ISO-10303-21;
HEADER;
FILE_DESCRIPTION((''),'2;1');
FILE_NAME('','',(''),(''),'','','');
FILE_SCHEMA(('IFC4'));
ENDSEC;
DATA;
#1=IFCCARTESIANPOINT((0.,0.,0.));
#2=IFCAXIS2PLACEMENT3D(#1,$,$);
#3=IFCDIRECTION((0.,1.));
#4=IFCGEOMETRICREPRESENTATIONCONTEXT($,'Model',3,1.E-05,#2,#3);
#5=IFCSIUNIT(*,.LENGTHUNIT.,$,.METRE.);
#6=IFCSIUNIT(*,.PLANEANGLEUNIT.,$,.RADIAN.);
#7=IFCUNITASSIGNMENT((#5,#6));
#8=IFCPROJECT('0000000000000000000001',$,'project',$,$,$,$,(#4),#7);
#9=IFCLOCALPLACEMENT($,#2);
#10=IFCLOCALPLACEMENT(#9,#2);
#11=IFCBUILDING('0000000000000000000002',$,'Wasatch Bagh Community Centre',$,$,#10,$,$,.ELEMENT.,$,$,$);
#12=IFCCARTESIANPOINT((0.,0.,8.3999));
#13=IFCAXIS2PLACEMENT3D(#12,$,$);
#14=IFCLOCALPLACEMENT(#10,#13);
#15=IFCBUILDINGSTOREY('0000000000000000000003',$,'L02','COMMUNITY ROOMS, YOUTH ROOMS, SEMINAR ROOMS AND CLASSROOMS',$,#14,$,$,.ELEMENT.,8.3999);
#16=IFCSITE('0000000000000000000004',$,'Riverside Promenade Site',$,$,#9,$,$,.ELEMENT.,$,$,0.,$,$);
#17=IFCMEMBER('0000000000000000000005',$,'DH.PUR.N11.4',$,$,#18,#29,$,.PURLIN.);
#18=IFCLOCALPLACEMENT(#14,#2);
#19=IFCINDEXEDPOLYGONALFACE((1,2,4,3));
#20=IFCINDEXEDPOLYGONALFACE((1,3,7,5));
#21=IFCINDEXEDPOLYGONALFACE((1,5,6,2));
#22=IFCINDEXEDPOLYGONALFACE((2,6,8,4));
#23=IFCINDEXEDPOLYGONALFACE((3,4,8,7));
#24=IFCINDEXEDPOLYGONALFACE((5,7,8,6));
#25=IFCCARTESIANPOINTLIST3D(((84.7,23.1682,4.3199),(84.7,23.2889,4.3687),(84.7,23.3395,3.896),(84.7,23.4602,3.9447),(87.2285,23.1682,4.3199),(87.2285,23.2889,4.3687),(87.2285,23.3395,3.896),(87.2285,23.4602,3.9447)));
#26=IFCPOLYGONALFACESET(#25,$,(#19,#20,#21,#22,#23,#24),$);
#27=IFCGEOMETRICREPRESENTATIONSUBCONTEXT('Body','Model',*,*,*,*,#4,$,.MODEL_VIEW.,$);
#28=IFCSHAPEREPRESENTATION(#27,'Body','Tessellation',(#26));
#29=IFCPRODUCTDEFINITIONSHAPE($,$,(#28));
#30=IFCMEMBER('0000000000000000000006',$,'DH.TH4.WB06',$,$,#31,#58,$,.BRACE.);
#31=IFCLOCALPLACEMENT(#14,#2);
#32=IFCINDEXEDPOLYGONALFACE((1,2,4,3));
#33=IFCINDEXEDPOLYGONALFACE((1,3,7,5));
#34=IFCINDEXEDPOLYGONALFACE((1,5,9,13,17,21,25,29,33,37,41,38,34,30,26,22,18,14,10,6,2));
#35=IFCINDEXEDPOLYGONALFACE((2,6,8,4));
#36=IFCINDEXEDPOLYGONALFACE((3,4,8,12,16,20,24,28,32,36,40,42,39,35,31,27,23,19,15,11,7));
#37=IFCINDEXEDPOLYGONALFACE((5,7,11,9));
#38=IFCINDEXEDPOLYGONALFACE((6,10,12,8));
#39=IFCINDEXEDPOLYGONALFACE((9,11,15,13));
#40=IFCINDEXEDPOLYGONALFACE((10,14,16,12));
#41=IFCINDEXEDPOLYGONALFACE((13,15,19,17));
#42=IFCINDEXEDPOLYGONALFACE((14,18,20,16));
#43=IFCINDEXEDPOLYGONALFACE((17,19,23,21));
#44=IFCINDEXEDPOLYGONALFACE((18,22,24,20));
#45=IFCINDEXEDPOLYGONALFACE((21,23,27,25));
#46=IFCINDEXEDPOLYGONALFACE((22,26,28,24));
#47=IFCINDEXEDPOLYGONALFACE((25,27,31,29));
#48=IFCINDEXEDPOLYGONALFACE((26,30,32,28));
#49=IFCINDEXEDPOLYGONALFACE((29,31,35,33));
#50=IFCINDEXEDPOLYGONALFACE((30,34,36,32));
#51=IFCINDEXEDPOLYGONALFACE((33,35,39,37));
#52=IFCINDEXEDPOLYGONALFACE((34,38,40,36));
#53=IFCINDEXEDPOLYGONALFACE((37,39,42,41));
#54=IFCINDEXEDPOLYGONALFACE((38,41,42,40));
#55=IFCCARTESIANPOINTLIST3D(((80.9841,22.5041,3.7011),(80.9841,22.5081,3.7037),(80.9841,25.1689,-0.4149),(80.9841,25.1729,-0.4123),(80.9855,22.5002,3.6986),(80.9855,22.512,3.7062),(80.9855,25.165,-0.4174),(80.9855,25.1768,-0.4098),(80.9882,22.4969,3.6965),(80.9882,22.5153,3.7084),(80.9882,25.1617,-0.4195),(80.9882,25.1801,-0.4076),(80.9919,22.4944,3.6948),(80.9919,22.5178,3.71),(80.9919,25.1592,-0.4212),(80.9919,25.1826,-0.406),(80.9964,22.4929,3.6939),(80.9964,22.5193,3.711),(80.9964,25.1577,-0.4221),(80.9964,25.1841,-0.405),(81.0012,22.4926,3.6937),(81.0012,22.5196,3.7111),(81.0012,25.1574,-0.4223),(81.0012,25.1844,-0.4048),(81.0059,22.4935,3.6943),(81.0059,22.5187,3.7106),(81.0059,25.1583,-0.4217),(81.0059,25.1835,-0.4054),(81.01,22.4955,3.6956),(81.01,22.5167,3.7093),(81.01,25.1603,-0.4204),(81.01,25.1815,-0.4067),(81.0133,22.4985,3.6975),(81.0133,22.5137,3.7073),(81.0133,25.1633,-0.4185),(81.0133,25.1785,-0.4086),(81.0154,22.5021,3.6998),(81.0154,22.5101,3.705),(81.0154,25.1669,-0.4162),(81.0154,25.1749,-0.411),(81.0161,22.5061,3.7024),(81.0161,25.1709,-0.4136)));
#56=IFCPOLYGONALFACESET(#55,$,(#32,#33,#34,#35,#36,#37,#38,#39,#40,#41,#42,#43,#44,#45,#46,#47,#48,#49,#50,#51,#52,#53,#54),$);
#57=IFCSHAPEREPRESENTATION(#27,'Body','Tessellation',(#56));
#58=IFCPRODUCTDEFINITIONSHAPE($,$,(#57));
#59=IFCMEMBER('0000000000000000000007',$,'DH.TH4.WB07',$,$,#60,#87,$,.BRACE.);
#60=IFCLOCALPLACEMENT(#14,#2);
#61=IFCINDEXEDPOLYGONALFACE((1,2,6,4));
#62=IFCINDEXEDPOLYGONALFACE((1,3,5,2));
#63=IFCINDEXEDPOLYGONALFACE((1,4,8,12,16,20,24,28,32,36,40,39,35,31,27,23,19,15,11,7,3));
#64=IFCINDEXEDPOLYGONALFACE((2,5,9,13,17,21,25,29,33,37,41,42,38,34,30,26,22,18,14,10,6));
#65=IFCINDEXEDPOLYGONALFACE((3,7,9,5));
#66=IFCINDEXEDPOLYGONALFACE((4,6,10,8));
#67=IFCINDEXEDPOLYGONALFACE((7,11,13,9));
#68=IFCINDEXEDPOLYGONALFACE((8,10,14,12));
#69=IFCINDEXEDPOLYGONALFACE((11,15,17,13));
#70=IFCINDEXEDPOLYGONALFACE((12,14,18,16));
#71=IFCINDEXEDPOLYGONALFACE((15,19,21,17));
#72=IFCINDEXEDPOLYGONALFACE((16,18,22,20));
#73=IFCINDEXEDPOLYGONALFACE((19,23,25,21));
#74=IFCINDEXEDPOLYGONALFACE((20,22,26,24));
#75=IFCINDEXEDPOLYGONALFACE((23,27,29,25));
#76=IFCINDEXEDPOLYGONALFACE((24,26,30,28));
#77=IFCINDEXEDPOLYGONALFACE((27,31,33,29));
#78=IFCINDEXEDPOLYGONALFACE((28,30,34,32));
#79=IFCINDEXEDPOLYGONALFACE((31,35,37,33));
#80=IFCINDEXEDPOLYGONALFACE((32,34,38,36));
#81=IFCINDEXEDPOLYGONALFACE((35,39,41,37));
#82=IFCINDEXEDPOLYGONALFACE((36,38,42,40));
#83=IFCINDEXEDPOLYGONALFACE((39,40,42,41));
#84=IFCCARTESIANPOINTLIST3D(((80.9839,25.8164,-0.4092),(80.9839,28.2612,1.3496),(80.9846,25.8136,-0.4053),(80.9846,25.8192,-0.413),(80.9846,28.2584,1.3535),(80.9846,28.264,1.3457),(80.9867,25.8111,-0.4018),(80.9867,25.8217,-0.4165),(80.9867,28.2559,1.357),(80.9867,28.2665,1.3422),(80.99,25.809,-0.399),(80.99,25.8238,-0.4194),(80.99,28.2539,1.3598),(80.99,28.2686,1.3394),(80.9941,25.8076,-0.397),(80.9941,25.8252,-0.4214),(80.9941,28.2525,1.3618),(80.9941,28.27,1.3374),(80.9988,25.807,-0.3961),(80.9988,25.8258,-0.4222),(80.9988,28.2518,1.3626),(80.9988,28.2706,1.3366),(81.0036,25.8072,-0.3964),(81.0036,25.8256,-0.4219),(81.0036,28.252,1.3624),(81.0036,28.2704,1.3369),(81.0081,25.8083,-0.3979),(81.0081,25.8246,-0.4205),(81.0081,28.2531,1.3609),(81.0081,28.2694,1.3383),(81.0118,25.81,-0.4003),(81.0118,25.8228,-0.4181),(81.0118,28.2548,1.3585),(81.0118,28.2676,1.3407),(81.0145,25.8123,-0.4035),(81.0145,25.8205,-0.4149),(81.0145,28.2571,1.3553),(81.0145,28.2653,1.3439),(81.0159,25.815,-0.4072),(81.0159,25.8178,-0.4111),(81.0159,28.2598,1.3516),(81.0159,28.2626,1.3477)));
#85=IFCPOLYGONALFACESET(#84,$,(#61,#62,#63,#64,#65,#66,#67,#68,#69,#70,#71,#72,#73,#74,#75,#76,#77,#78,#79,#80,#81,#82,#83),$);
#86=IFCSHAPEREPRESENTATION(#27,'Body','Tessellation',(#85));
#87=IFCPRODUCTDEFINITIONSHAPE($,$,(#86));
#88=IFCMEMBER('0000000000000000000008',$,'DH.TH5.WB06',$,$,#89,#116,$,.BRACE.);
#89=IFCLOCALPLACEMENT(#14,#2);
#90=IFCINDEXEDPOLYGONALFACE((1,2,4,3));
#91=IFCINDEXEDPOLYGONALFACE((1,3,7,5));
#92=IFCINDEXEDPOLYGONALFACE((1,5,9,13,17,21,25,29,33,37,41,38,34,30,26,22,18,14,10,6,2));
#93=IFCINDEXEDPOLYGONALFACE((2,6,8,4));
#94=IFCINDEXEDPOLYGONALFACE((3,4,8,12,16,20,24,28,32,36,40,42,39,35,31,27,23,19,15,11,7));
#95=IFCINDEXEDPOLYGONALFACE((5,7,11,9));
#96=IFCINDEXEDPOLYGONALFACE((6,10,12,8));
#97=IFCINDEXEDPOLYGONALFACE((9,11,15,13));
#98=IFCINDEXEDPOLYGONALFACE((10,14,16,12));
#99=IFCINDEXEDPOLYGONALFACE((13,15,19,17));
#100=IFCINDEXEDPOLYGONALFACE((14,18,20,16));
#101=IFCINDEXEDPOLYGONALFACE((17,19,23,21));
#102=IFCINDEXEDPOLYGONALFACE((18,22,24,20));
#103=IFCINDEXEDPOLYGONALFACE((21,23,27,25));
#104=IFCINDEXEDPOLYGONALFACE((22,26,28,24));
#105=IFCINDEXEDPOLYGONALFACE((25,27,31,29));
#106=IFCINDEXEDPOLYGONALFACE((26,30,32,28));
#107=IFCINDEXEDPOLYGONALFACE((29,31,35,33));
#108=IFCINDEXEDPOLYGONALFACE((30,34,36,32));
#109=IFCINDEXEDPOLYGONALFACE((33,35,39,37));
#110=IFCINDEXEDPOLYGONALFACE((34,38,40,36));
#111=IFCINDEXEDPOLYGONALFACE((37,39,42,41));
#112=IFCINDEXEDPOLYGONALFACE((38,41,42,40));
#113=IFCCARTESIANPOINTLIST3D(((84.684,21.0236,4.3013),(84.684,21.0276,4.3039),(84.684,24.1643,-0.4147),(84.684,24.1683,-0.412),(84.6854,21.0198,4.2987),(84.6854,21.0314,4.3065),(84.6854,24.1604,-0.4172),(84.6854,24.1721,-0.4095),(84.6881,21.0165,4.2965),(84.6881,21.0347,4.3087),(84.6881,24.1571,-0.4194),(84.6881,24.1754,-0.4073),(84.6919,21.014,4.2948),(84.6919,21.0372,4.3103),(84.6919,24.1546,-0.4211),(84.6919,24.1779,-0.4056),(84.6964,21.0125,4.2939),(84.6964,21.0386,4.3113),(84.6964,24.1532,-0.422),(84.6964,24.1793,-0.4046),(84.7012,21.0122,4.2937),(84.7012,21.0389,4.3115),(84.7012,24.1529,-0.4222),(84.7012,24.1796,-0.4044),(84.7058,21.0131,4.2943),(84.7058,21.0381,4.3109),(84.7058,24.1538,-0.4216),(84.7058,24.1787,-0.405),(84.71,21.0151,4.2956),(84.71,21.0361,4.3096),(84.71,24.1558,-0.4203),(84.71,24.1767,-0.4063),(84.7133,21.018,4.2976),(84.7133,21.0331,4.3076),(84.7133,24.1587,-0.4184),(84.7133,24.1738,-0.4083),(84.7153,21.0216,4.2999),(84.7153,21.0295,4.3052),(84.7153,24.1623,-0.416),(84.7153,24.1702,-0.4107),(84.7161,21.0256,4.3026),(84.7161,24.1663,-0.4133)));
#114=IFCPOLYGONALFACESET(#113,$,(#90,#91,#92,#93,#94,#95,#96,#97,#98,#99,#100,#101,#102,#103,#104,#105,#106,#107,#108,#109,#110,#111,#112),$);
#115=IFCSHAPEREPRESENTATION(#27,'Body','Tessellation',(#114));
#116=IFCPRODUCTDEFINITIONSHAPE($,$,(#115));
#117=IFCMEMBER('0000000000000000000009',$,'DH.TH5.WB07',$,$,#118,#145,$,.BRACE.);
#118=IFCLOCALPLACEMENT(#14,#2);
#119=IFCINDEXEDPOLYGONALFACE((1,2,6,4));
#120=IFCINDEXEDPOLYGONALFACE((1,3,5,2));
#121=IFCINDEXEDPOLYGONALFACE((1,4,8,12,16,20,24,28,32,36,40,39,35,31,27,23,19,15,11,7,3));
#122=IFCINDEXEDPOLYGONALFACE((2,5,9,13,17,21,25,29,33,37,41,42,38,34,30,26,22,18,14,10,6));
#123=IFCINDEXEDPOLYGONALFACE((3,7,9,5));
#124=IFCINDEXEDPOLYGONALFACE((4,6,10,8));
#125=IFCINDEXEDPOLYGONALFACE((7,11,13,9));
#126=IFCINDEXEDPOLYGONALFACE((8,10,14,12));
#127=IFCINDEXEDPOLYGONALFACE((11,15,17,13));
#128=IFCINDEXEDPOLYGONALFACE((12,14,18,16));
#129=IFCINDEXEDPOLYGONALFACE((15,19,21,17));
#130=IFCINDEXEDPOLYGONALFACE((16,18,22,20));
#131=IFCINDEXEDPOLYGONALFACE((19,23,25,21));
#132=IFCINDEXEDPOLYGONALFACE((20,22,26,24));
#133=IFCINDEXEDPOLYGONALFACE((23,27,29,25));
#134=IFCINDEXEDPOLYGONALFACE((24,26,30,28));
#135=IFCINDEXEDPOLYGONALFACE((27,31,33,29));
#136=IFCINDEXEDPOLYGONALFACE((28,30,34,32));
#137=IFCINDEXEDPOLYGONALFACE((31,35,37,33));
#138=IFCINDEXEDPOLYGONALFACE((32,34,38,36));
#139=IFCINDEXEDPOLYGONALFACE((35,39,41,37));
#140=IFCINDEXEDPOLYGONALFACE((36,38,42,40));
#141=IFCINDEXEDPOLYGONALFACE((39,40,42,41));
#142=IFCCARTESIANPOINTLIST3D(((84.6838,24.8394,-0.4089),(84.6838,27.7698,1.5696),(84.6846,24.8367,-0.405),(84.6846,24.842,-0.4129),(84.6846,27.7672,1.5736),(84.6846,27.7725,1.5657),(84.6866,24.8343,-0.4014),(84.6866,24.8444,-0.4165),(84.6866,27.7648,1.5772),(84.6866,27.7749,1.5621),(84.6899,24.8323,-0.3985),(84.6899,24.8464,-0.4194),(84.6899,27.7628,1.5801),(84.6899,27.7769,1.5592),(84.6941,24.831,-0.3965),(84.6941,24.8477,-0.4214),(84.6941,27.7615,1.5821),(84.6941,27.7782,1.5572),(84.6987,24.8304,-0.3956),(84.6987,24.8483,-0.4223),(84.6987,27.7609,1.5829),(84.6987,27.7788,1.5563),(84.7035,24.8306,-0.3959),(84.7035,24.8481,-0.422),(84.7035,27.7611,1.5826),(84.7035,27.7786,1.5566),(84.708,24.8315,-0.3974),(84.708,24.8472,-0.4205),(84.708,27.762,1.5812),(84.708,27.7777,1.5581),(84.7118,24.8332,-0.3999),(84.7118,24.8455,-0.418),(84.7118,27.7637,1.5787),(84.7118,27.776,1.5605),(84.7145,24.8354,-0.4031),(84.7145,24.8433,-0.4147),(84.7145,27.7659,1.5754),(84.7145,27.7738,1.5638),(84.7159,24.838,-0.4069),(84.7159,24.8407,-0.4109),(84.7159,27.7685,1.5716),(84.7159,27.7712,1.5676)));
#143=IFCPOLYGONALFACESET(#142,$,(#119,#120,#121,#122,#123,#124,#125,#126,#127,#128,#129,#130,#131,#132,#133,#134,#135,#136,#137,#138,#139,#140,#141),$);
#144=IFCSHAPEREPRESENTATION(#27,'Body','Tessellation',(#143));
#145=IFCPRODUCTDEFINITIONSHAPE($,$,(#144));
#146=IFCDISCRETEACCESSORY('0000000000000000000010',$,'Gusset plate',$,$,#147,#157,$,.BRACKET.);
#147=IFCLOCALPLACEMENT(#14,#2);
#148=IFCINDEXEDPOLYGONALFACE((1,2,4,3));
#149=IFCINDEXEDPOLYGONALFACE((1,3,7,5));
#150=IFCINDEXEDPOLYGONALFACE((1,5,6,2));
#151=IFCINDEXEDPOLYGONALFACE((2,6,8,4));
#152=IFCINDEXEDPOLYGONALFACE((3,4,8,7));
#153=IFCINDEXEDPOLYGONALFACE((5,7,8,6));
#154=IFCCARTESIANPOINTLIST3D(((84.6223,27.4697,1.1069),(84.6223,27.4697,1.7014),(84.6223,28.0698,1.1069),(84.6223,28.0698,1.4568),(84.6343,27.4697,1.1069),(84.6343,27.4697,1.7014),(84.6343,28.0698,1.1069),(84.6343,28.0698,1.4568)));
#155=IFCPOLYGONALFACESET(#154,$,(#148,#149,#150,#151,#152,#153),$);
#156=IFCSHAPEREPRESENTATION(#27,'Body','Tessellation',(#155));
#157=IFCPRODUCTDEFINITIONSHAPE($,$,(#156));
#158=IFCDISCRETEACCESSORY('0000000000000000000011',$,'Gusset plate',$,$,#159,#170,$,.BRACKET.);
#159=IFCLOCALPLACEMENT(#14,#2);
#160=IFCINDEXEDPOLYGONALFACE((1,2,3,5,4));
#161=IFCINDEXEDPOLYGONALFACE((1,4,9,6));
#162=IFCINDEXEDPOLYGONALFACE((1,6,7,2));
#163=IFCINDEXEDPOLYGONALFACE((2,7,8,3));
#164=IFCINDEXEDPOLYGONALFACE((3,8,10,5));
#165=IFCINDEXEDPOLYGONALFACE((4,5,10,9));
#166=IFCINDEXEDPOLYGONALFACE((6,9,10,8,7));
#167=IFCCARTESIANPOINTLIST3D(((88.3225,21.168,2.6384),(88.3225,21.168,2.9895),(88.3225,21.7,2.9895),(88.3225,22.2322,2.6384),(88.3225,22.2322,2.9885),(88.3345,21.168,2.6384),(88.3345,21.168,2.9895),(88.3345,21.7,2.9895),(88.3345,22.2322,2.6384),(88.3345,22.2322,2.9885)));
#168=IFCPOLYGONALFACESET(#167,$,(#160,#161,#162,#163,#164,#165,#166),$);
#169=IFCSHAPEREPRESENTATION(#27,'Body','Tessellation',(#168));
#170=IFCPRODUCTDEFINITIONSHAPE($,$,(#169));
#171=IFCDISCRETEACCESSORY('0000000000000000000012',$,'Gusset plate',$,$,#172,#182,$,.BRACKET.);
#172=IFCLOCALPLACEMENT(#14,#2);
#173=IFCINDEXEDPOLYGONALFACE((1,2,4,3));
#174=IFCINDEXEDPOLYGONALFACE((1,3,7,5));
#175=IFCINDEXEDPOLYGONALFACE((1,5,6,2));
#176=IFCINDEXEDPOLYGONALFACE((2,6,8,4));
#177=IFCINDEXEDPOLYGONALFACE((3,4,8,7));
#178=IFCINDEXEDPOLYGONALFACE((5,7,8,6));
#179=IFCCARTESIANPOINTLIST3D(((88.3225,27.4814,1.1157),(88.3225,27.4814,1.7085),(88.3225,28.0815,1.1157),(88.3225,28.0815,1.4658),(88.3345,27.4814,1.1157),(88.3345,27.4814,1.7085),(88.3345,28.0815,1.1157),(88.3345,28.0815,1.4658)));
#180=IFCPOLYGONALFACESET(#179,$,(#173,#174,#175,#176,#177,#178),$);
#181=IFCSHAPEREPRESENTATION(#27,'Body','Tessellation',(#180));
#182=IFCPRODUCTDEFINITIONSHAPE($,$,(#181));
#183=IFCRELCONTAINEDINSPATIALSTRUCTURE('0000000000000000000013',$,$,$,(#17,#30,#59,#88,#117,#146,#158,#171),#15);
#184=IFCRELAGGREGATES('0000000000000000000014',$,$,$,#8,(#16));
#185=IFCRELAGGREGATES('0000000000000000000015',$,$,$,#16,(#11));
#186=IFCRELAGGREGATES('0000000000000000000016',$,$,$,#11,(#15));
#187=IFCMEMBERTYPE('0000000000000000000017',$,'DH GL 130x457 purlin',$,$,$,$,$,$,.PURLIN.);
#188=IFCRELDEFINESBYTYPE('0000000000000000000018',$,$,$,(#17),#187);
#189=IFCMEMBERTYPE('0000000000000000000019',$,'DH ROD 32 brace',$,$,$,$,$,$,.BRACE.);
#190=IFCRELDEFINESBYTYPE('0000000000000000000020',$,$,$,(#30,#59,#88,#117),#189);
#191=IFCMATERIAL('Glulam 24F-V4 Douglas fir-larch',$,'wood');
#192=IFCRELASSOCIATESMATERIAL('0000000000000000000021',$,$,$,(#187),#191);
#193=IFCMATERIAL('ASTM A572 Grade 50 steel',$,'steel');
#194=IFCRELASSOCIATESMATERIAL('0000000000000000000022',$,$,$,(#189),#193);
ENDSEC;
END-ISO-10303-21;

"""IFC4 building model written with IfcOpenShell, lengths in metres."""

from ifc_helpers import new_model, si_unit, direction, frame, origin, origin_2d, place, context, subcontext, project, spatial, polyline, rectangle, circle, outline, extrude, material, material_profile, profile_set, type_object, element, save


model = new_model("IFC4")

# Units and contexts
model_context = context("Model", 3, precision=1e-05, world=origin(), true_north=direction((0.0, 1.0)))
body_context = subcontext(model_context, "Body", "Model", "MODEL_VIEW")
ifc_project = project(units=[si_unit("LENGTHUNIT", "METRE"), si_unit("PLANEANGLEUNIT", "RADIAN")], contexts=[model_context])

# Site, building, storey
site_placement = place(None, origin())
site = spatial("IfcSite", under=ifc_project, at=site_placement, Name="Riverside Promenade Site", CompositionType="ELEMENT", RefElevation=0.0)
building_placement = place(site_placement, origin())
building = spatial("IfcBuilding", under=site, at=building_placement, Name="Wasatch Bagh Community Centre", CompositionType="ELEMENT")
storey_placement = place(building_placement, frame((0.0, 0.0, 8.3999)))
storey = spatial("IfcBuildingStorey", under=building, at=storey_placement, Name="L02", Description="COMMUNITY ROOMS, YOUTH ROOMS, SEMINAR ROOMS AND CLASSROOMS", CompositionType="ELEMENT", Elevation=8.3999)

# Members
ifc_material_1 = material(Name="Glulam 24F-V4 Douglas fir-larch", Category="wood")
ifc_material_profile_1 = material_profile(ifc_material_1, rectangle(XDim=0.1301, YDim=0.4573, at=origin_2d()), Name="GL 130x457")
ifc_profile_set_1 = profile_set([ifc_material_profile_1], Name="Glulam 24F-V4 Douglas fir-larch")
member_type_1 = type_object("IfcMemberType", Name="DH GL 130x457 purlin", PredefinedType="PURLIN", material=ifc_profile_set_1)
member_1_placement = place(storey_placement, frame((84.7, 23.3142, 4.1323), z_axis=(1.0, 0.0, 0.0), x_axis=(0.0, 0.927184, 0.374607)))
element("IfcMember", 1, at=member_1_placement, inside=storey, type_object=member_type_1, Name="DH.PUR.N11.4", PredefinedType="PURLIN", context=body_context, shape_type="SweptSolid", body=[
    extrude(rectangle(XDim=0.1301, YDim=0.4573, at=origin_2d()), origin(), (0.0, 0.0, 1.0), 2.5286),
])
ifc_material_2 = material(Name="ASTM A572 Grade 50 steel", Category="steel")
ifc_material_profile_2 = material_profile(ifc_material_2, circle(Radius=0.0161, at=origin_2d()), Name="ROD 32")
ifc_profile_set_2 = profile_set([ifc_material_profile_2], Name="ASTM A572 Grade 50 steel")
member_type_2 = type_object("IfcMemberType", Name="DH ROD 32 brace", PredefinedType="BRACE", material=ifc_profile_set_2)
member_2_placement = place(storey_placement, frame((81.0, 25.1709, -0.4136), z_axis=(0.0, -0.54347, 0.839429), x_axis=(1.0, 0.0, 0.0)))
element("IfcMember", 2, at=member_2_placement, inside=storey, type_object=member_type_2, Name="DH.TH4.WB06", PredefinedType="BRACE", context=body_context, shape_type="SweptSolid", body=[
    extrude(circle(Radius=0.0161, at=origin_2d()), origin(), (0.0, 0.0, 1.0), 4.9033),
])
member_3_placement = place(storey_placement, frame((81.0, 25.8164, -0.4092), z_axis=(0.0, 0.811768, 0.58398), x_axis=(-1.0, 0.0, 0.0)))
element("IfcMember", 3, at=member_3_placement, inside=storey, type_object=member_type_2, Name="DH.TH4.WB07", PredefinedType="BRACE", context=body_context, shape_type="SweptSolid", body=[
    extrude(circle(Radius=0.0161, at=origin_2d()), origin(), (0.0, 0.0, 1.0), 3.0117),
])
member_4_placement = place(storey_placement, frame((84.7, 24.1663, -0.4133), z_axis=(0.0, -0.554302, 0.832315), x_axis=(1.0, 0.0, 0.0)))
element("IfcMember", 4, at=member_4_placement, inside=storey, type_object=member_type_2, Name="DH.TH5.WB06", PredefinedType="BRACE", context=body_context, shape_type="SweptSolid", body=[
    extrude(circle(Radius=0.0161, at=origin_2d()), origin(), (0.0, 0.0, 1.0), 5.666),
])
member_5_placement = place(storey_placement, frame((84.7, 24.8394, -0.4089), z_axis=(0.0, 0.828785, 0.559567), x_axis=(-1.0, 0.0, 0.0)))
element("IfcMember", 5, at=member_5_placement, inside=storey, type_object=member_type_2, Name="DH.TH5.WB07", PredefinedType="BRACE", context=body_context, shape_type="SweptSolid", body=[
    extrude(circle(Radius=0.0161, at=origin_2d()), origin(), (0.0, 0.0, 1.0), 3.5359),
])

# Discrete accessories
discrete_accessory_1_placement = place(storey_placement, frame((84.6223, 27.4697, 1.7014), z_axis=(-1.0, 0.0, 0.0), x_axis=(0.0, 0.926014, -0.377488)))
element("IfcDiscreteAccessory", 6, at=discrete_accessory_1_placement, inside=storey, Name="Gusset plate", PredefinedType="BRACKET", context=body_context, shape_type="SweptSolid", body=[
    extrude(outline(polyline([(0.0, 0.0), (0.648, 0.0), (0.7801, 0.324), (0.2244, 0.5505), (0.0, 0.0)])), origin(), (0.0, 0.0, -1.0), 0.012),
])
discrete_accessory_2_placement = place(storey_placement, frame((88.3225, 21.168, 2.9895), z_axis=(-1.0, 0.0, 0.0), x_axis=(0.0, 1.0, 0.0)))
element("IfcDiscreteAccessory", 7, at=discrete_accessory_2_placement, inside=storey, Name="Gusset plate", PredefinedType="BRACKET", context=body_context, shape_type="SweptSolid", body=[
    extrude(outline(polyline([(0.0, 0.0), (0.532, 0.0), (1.0642, 0.001), (1.0642, 0.3511), (0.0, 0.3511), (0.0, 0.0)])), origin(), (0.0, 0.0, -1.0), 0.012),
])
discrete_accessory_3_placement = place(storey_placement, frame((88.3225, 27.4814, 1.7085), z_axis=(-1.0, 0.0, 0.0), x_axis=(0.0, 0.927065, -0.3749)))
element("IfcDiscreteAccessory", 8, at=discrete_accessory_3_placement, inside=storey, Name="Gusset plate", PredefinedType="BRACKET", context=body_context, shape_type="SweptSolid", body=[
    extrude(outline(polyline([(0.0, 0.0), (0.6473, 0.0), (0.7786, 0.3246), (0.2222, 0.5495), (0.0, 0.0)])), origin(), (0.0, 0.0, -1.0), 0.012),
])

save(model, "model.ifc")
